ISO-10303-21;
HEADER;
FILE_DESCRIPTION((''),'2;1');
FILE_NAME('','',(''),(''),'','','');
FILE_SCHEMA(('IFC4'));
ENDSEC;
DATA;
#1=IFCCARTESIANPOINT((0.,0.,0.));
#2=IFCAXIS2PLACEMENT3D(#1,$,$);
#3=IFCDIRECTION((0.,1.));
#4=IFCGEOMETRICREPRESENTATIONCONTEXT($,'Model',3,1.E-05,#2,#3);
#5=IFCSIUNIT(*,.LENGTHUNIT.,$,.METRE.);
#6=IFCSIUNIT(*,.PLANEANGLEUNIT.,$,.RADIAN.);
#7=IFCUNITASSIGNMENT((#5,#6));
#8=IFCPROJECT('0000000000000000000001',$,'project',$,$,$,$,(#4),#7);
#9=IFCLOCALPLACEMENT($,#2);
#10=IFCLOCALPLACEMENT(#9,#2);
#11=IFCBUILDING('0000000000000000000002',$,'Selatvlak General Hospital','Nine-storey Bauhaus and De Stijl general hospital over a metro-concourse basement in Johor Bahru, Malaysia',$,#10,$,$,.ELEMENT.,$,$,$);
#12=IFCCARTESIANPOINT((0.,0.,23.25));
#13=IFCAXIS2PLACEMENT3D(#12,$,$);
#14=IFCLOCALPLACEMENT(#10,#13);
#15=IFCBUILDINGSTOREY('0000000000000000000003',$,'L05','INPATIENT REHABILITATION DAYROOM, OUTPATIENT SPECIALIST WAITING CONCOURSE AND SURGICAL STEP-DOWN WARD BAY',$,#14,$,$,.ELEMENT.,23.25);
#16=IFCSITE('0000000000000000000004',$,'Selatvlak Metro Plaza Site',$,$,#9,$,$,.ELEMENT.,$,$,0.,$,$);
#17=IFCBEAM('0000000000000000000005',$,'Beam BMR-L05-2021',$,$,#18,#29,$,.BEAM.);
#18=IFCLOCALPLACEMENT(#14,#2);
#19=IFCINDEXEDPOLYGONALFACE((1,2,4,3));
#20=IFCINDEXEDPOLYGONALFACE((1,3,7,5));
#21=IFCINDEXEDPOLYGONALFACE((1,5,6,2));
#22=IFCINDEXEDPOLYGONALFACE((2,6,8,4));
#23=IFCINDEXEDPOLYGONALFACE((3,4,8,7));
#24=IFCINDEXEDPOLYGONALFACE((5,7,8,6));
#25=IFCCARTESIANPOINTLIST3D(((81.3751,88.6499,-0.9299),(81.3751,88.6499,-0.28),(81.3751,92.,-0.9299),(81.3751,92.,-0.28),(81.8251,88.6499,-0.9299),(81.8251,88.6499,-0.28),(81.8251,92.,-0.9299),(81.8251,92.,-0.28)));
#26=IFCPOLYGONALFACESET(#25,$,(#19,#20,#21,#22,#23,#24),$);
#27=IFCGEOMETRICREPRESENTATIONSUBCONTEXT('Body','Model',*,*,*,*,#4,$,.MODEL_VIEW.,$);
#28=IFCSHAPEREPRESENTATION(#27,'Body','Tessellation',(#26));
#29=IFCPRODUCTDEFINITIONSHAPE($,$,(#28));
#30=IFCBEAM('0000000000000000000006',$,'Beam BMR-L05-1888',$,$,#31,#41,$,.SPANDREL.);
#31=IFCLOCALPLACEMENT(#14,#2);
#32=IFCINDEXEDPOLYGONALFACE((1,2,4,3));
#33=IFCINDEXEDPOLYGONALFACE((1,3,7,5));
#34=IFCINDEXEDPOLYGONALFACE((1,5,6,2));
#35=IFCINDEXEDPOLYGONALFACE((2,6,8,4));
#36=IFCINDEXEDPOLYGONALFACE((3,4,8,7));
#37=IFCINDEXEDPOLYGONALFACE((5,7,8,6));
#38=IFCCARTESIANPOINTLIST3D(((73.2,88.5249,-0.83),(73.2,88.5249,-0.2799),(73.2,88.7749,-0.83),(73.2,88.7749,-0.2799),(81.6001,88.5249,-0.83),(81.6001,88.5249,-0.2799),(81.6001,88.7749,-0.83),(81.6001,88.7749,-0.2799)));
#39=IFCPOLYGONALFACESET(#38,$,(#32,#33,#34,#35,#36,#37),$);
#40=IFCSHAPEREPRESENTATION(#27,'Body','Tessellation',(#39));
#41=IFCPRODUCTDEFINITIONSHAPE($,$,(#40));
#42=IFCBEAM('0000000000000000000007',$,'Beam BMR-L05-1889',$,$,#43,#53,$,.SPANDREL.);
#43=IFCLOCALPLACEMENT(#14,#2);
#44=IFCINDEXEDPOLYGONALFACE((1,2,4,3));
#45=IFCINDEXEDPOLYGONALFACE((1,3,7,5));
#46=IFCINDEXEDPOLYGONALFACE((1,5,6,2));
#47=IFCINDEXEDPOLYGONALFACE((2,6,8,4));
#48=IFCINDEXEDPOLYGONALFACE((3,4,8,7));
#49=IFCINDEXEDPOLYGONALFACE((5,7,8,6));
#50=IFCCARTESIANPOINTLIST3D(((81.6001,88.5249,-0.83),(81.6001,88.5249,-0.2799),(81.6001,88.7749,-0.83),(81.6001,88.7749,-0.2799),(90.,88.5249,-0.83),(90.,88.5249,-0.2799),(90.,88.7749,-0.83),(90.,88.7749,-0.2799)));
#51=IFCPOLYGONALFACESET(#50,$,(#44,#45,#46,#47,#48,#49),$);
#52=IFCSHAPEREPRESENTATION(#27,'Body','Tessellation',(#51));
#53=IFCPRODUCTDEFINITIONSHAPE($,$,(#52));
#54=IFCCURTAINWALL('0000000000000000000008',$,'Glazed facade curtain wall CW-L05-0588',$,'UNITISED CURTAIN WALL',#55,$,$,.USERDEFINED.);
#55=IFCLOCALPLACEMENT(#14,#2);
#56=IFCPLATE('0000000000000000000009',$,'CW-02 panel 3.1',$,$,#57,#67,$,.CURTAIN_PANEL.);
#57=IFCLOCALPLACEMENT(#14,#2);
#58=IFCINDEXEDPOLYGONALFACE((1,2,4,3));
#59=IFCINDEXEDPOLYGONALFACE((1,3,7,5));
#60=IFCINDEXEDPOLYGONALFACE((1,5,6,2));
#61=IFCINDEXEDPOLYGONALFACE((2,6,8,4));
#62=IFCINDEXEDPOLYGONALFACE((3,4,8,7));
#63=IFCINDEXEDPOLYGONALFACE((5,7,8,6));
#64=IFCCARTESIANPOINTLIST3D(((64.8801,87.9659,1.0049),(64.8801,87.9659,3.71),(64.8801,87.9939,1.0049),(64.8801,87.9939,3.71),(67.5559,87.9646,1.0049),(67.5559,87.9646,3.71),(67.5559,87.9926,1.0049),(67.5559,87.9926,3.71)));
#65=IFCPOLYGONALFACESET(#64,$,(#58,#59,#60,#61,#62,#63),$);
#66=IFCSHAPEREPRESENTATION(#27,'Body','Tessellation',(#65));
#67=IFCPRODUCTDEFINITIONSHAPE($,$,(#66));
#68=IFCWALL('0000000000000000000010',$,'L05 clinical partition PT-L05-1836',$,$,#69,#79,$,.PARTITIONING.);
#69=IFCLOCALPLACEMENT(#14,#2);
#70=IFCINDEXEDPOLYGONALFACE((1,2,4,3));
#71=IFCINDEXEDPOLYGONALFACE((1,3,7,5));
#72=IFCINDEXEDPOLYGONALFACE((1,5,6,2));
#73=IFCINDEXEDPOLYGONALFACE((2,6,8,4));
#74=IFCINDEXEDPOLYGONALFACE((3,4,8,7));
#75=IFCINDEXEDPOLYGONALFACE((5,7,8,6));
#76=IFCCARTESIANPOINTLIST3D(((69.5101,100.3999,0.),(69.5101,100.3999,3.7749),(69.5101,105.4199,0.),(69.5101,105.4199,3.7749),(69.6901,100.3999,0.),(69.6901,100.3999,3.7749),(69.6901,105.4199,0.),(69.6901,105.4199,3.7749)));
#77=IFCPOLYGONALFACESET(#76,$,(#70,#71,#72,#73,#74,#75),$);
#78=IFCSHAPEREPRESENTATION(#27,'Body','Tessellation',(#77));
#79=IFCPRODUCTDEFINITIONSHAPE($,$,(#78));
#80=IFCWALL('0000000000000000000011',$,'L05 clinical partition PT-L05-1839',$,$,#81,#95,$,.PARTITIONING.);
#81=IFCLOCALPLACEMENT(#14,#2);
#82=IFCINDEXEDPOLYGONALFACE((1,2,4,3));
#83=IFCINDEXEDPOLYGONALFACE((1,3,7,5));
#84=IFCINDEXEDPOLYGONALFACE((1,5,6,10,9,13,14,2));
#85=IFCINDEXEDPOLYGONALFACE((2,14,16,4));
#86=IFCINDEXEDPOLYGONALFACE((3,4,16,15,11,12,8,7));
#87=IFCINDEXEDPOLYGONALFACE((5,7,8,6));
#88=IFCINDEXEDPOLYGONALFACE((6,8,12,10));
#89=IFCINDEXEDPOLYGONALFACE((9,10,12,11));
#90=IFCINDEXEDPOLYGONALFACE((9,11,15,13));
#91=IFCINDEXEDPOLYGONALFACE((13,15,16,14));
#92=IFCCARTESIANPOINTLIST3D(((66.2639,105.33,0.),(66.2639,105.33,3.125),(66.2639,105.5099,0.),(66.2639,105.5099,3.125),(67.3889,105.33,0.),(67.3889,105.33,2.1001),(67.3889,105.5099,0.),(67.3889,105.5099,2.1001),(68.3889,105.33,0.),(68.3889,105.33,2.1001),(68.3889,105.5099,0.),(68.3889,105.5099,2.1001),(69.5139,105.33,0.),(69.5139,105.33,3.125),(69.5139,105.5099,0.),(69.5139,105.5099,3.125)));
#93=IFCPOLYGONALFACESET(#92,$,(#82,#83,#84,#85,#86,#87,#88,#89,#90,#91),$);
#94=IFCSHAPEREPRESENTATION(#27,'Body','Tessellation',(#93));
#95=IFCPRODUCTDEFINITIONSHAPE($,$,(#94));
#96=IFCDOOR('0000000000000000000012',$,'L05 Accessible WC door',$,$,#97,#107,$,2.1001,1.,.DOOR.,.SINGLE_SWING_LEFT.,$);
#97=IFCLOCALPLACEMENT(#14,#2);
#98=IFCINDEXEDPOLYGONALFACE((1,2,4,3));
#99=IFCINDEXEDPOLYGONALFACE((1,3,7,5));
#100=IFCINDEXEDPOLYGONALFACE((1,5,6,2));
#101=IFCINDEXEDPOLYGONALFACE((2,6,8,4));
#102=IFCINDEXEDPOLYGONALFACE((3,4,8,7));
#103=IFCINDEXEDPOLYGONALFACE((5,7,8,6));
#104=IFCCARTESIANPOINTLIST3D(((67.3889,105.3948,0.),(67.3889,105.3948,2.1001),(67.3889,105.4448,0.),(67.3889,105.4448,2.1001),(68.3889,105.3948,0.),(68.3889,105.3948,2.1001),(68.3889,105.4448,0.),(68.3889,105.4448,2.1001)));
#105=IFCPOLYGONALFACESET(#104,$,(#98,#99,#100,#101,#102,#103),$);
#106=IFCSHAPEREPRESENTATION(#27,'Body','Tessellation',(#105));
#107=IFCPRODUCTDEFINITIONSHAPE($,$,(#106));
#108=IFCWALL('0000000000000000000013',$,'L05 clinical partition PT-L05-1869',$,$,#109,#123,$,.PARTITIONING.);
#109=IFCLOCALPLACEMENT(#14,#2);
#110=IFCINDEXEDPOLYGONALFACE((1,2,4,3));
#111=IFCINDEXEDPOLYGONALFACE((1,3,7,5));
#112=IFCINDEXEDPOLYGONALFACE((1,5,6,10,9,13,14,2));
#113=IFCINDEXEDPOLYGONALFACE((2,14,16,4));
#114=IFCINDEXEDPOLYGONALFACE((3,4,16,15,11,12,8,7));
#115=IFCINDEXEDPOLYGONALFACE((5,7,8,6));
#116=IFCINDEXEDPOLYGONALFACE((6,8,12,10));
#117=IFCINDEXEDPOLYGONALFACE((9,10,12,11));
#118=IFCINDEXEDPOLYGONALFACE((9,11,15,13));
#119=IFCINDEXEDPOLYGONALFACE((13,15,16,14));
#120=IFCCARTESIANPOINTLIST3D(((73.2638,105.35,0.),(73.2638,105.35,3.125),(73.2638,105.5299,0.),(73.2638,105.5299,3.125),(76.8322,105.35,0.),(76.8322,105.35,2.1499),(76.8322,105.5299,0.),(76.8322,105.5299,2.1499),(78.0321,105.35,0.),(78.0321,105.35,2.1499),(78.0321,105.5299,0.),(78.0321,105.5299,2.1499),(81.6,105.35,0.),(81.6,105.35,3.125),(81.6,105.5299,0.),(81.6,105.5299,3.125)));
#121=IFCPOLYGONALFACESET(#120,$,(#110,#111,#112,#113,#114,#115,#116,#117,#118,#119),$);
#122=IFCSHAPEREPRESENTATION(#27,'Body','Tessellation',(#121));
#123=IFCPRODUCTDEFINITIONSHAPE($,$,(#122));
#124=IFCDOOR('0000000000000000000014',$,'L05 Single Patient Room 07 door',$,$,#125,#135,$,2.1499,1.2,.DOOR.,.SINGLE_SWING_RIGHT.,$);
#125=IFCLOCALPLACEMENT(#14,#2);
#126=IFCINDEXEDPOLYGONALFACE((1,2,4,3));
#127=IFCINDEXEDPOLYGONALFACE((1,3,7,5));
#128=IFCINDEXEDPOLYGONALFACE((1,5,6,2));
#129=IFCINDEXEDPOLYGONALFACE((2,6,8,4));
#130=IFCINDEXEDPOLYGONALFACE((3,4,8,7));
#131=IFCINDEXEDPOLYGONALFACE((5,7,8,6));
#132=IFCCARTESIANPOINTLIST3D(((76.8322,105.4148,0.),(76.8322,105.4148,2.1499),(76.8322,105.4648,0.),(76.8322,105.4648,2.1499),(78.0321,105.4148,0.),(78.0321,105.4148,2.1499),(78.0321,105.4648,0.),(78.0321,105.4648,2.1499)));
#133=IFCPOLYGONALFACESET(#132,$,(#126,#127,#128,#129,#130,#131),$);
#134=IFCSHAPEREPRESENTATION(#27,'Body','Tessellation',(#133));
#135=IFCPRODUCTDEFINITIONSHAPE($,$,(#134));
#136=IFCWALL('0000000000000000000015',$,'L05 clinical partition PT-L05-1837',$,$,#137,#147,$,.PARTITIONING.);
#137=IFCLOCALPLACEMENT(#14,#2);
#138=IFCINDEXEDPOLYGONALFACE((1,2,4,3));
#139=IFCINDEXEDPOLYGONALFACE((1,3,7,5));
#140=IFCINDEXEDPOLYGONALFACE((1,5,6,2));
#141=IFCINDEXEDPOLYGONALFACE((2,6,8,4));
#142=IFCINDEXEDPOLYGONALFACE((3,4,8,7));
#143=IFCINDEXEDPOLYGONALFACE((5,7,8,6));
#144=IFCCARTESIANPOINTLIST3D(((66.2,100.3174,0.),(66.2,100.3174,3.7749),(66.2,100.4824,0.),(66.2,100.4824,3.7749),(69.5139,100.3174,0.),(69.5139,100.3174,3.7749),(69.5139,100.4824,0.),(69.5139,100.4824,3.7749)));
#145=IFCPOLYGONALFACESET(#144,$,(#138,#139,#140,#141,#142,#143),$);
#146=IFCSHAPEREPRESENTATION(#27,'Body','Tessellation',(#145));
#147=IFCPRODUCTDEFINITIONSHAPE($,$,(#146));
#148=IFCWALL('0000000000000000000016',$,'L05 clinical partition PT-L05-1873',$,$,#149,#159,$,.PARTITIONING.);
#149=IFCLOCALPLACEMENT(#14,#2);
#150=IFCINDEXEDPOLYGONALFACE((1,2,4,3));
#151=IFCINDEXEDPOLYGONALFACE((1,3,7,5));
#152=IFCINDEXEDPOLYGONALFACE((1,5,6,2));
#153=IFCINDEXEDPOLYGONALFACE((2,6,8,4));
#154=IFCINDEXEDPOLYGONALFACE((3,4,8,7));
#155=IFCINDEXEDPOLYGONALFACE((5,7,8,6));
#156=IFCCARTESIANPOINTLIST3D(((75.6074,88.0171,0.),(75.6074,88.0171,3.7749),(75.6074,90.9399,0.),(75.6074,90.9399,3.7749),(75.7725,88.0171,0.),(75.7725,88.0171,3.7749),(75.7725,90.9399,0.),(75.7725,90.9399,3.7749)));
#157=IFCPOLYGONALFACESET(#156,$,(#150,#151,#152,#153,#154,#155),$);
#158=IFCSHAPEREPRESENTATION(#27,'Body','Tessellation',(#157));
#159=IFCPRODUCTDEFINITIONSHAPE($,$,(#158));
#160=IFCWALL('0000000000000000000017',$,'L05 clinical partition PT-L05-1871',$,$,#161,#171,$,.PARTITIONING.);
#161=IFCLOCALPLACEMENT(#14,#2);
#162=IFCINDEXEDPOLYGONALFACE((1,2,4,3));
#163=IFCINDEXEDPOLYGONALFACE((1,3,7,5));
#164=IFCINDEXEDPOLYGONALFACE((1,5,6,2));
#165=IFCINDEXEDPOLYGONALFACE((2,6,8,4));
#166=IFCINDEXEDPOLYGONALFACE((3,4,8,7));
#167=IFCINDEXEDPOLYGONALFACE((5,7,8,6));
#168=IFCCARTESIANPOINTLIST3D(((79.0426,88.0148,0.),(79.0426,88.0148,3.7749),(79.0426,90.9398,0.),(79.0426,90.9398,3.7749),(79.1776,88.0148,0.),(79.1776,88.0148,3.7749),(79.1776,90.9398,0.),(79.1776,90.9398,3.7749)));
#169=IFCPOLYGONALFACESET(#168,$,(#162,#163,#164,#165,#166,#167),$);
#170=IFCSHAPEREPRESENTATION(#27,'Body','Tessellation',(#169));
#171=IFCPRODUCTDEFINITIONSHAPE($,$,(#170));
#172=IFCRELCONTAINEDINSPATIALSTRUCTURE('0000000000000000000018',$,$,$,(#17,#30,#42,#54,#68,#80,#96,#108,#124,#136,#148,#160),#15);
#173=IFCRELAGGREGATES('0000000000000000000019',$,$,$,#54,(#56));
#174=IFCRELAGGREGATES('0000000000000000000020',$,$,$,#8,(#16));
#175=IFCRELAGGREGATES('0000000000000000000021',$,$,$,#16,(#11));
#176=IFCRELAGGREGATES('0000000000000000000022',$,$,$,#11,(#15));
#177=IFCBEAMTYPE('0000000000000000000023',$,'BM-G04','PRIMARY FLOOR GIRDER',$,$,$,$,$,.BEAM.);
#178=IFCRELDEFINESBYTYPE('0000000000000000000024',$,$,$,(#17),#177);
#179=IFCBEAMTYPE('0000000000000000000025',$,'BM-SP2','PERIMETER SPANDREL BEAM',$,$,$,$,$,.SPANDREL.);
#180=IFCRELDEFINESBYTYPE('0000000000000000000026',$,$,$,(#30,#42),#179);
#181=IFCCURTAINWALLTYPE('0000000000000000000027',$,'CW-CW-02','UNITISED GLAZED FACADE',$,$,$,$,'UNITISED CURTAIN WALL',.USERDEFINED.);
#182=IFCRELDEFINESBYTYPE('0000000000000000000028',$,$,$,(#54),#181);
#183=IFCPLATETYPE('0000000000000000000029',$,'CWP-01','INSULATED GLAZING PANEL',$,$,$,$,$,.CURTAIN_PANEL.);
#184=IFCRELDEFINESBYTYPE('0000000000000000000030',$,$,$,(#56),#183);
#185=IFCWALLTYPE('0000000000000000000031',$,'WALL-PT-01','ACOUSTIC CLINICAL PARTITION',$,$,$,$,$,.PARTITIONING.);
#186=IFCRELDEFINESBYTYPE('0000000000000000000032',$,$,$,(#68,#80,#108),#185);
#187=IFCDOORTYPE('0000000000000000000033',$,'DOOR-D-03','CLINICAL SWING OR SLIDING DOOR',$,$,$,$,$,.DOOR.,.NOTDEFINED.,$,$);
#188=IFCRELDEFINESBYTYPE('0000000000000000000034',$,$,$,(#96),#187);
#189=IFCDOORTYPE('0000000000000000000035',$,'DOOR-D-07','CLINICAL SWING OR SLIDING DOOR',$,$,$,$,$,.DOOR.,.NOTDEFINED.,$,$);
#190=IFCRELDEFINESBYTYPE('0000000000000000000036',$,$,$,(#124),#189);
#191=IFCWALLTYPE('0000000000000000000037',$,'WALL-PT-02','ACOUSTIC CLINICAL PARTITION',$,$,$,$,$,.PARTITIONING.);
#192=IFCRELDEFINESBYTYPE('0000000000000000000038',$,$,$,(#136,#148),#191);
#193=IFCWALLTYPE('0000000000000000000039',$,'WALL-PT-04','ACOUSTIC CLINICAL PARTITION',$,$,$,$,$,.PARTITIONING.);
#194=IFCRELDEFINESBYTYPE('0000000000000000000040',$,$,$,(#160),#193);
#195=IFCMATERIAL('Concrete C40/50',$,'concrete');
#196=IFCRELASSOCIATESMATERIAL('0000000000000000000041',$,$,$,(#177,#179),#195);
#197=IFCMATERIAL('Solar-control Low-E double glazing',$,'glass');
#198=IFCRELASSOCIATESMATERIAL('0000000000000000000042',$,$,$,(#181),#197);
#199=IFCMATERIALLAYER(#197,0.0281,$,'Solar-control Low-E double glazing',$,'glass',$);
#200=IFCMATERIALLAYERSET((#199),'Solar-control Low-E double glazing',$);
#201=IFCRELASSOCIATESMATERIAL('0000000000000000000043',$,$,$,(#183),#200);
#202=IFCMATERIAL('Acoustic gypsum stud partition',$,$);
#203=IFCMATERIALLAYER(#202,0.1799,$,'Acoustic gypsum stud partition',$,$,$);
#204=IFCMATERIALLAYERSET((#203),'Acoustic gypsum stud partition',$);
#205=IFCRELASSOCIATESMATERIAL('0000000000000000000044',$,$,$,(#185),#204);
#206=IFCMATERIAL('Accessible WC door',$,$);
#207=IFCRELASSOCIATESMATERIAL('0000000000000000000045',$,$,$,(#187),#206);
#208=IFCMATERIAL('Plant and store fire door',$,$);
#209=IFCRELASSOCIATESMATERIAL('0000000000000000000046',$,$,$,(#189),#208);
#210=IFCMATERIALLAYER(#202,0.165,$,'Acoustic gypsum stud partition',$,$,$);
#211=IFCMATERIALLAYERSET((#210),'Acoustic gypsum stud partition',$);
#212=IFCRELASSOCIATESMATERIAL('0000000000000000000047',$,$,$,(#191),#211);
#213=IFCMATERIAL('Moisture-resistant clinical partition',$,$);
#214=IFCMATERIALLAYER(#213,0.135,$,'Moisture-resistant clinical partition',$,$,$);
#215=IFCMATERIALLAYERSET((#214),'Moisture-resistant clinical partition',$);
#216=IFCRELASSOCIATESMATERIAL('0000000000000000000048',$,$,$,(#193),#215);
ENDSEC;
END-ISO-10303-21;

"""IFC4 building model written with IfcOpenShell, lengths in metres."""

from ifc_helpers import new_model, si_unit, direction, frame, frame_2d, origin, origin_2d, place, context, subcontext, project, spatial, rectangle, extrude, material, layer, layer_set, material_profile, profile_set, type_object, element, fill, aggregate, save


model = new_model("IFC4")

# Units and contexts
model_context = context("Model", 3, precision=1e-05, world=origin(), true_north=direction((0.0, 1.0)))
body_context = subcontext(model_context, "Body", "Model", "MODEL_VIEW")
ifc_project = project(units=[si_unit("LENGTHUNIT", "METRE"), si_unit("PLANEANGLEUNIT", "RADIAN")], contexts=[model_context])

# Site, building, storey
site_placement = place(None, origin())
site = spatial("IfcSite", under=ifc_project, at=site_placement, Name="Selatvlak Metro Plaza Site", CompositionType="ELEMENT", RefElevation=0.0)
building_placement = place(site_placement, origin())
building = spatial("IfcBuilding", under=site, at=building_placement, Name="Selatvlak General Hospital", Description="Nine-storey Bauhaus and De Stijl general hospital over a metro-concourse basement in Johor Bahru, Malaysia", CompositionType="ELEMENT")
storey_placement = place(building_placement, frame((0.0, 0.0, 23.25)))
storey = spatial("IfcBuildingStorey", under=building, at=storey_placement, Name="L05", Description="INPATIENT REHABILITATION DAYROOM, OUTPATIENT SPECIALIST WAITING CONCOURSE AND SURGICAL STEP-DOWN WARD BAY", CompositionType="ELEMENT", Elevation=23.25)

# Shared definitions
ifc_material_1 = material(Name="Concrete C40/50", Category="concrete")

# Beams
ifc_material_profile_1 = material_profile(ifc_material_1, rectangle(XDim=0.45, YDim=0.6499, at=origin_2d()), Name="RC-BM 450x650")
ifc_profile_set_1 = profile_set([ifc_material_profile_1], Name="Concrete C40/50")
beam_type_1 = type_object("IfcBeamType", Name="BM-G04", Description="PRIMARY FLOOR GIRDER", PredefinedType="BEAM", material=ifc_profile_set_1)
beam_1_placement = place(storey_placement, frame((81.6001, 88.6499, -0.605), z_axis=(0.0, 1.0, 0.0), x_axis=(-1.0, 0.0, 0.0)))
element("IfcBeam", 1, at=beam_1_placement, inside=storey, type_object=beam_type_1, Name="Beam BMR-L05-2021", PredefinedType="BEAM", context=body_context, shape_type="SweptSolid", body=[
    extrude(rectangle(XDim=0.45, YDim=0.6499, at=origin_2d()), origin(), (0.0, 0.0, 1.0), 3.3501),
])
ifc_material_profile_2 = material_profile(ifc_material_1, rectangle(XDim=0.25, YDim=0.55, at=origin_2d()), Name="RC-SP 250x550")
ifc_profile_set_2 = profile_set([ifc_material_profile_2], Name="Concrete C40/50")
beam_type_2 = type_object("IfcBeamType", Name="BM-SP2", Description="PERIMETER SPANDREL BEAM", PredefinedType="SPANDREL", material=ifc_profile_set_2)
beam_2_placement = place(storey_placement, frame((73.2, 88.6499, -0.5549), z_axis=(1.0, 0.0, 0.0), x_axis=(0.0, 1.0, 0.0)))
element("IfcBeam", 2, at=beam_2_placement, inside=storey, type_object=beam_type_2, Name="Beam BMR-L05-1888", PredefinedType="SPANDREL", context=body_context, shape_type="SweptSolid", body=[
    extrude(rectangle(XDim=0.25, YDim=0.55, at=origin_2d()), origin(), (0.0, 0.0, 1.0), 8.4001),
])
beam_3_placement = place(storey_placement, frame((81.6001, 88.6499, -0.5549), z_axis=(1.0, 0.0, 0.0), x_axis=(0.0, 1.0, 0.0)))
element("IfcBeam", 3, at=beam_3_placement, inside=storey, type_object=beam_type_2, Name="Beam BMR-L05-1889", PredefinedType="SPANDREL", context=body_context, shape_type="SweptSolid", body=[
    extrude(rectangle(XDim=0.25, YDim=0.55, at=origin_2d()), origin(), (0.0, 0.0, 1.0), 8.3999),
])

# Curtain wall, plate
ifc_material_2 = material(Name="Solar-control Low-E double glazing", Category="glass")
curtain_wall_type = type_object("IfcCurtainWallType", Name="CW-CW-02", Description="UNITISED GLAZED FACADE", ElementType="UNITISED CURTAIN WALL", PredefinedType="USERDEFINED", material=ifc_material_2)
curtain_wall_placement = place(storey_placement, origin())
curtain_wall = element("IfcCurtainWall", 4, at=curtain_wall_placement, inside=storey, type_object=curtain_wall_type, Name="Glazed facade curtain wall CW-L05-0588", ObjectType="UNITISED CURTAIN WALL", PredefinedType="USERDEFINED")
ifc_layer_1 = layer(ifc_material_2, 0.0281, Name="Solar-control Low-E double glazing", Category="glass")
ifc_layer_set_1 = layer_set([ifc_layer_1], Name="Solar-control Low-E double glazing")
plate_type = type_object("IfcPlateType", Name="CWP-01", Description="INSULATED GLAZING PANEL", PredefinedType="CURTAIN_PANEL", material=ifc_layer_set_1)
plate_placement = place(storey_placement, frame((66.218, 87.9792, 1.0049), z_axis=(0.0, 0.0, 1.0), x_axis=(-1.0, 0.000481, 0.0)))
plate = element("IfcPlate", 5, at=plate_placement, type_object=plate_type, Name="CW-02 panel 3.1", PredefinedType="CURTAIN_PANEL", context=body_context, shape_type="SweptSolid", body=[
    extrude(rectangle(XDim=2.6758, YDim=0.0281, at=origin_2d()), origin(), (0.0, 0.0, 1.0), 2.7051),
])
aggregate(curtain_wall, [plate])

# Wall
ifc_material_3 = material(Name="Acoustic gypsum stud partition")
ifc_layer_2 = layer(ifc_material_3, 0.1799, Name="Acoustic gypsum stud partition")
ifc_layer_set_2 = layer_set([ifc_layer_2], Name="Acoustic gypsum stud partition")
wall_type_1 = type_object("IfcWallType", Name="WALL-PT-01", Description="ACOUSTIC CLINICAL PARTITION", PredefinedType="PARTITIONING", material=ifc_layer_set_2)
wall_1_placement = place(storey_placement, frame((69.6001, 105.4199, 0.0), z_axis=(0.0, 0.0, 1.0), x_axis=(0.0, -1.0, 0.0)))
element("IfcWall", 6, at=wall_1_placement, inside=storey, type_object=wall_type_1, Name="L05 clinical partition PT-L05-1836", PredefinedType="PARTITIONING", context=body_context, shape_type="SweptSolid", body=[
    extrude(rectangle(XDim=5.02, YDim=0.1799, at=frame_2d((2.51, 0.0))), origin(), (0.0, 0.0, 1.0), 3.7749),
])

# Walls, openings, doors
wall_2_placement = place(storey_placement, frame((66.2639, 105.4199, 0.0), z_axis=(0.0, 0.0, 1.0), x_axis=(1.0, 0.0, 0.0)))
wall_2 = element("IfcWall", 7, at=wall_2_placement, inside=storey, type_object=wall_type_1, Name="L05 clinical partition PT-L05-1839", PredefinedType="PARTITIONING", context=body_context, shape_type="SweptSolid", body=[
    extrude(rectangle(XDim=3.25, YDim=0.1799, at=frame_2d((1.625, 0.0))), origin(), (0.0, 0.0, 1.0), 3.125),
])
opening_1_placement = place(wall_2_placement, frame((1.125, 0.0, 0.0)))
opening_1 = element("IfcOpeningElement", 8, at=opening_1_placement, cuts=wall_2, PredefinedType="OPENING", context=body_context, shape_type="SweptSolid", body=[
    extrude(rectangle(XDim=1.0, YDim=2.1001, at=frame_2d((0.5, 1.05))), frame((0.0, 0.0999, 0.0), z_axis=(0.0, -1.0, 0.0), x_axis=(1.0, 0.0, 0.0)), (0.0, 0.0, 1.0), 0.2),
])
ifc_material_4 = material(Name="Accessible WC door")
door_type_1 = type_object("IfcDoorType", Name="DOOR-D-03", Description="CLINICAL SWING OR SLIDING DOOR", OperationType="NOTDEFINED", PredefinedType="DOOR", material=ifc_material_4)
door_1_placement = place(opening_1_placement, origin())
door_1 = element("IfcDoor", 9, at=door_1_placement, inside=storey, type_object=door_type_1, Name="L05 Accessible WC door", OperationType="SINGLE_SWING_LEFT", OverallHeight=2.1001, OverallWidth=1.0, PredefinedType="DOOR", context=body_context, shape_type="SweptSolid", body=[
    extrude(rectangle(XDim=1.0, YDim=2.1001, at=frame_2d((0.5, 1.05))), frame((0.0, 0.0249, 0.0), z_axis=(0.0, -1.0, 0.0), x_axis=(1.0, 0.0, 0.0)), (0.0, 0.0, 1.0), 0.05),
])
fill(opening_1, door_1)
wall_3_placement = place(storey_placement, frame((73.2639, 105.4399, 0.0), z_axis=(0.0, 0.0, 1.0), x_axis=(1.0, 0.0, 0.0)))
wall_3 = element("IfcWall", 10, at=wall_3_placement, inside=storey, type_object=wall_type_1, Name="L05 clinical partition PT-L05-1869", PredefinedType="PARTITIONING", context=body_context, shape_type="SweptSolid", body=[
    extrude(rectangle(XDim=8.3362, YDim=0.1799, at=frame_2d((4.168, 0.0))), origin(), (0.0, 0.0, 1.0), 3.125),
])
opening_2_placement = place(wall_3_placement, frame((3.5681, 0.0, 0.0)))
opening_2 = element("IfcOpeningElement", 11, at=opening_2_placement, cuts=wall_3, PredefinedType="OPENING", context=body_context, shape_type="SweptSolid", body=[
    extrude(rectangle(XDim=1.2, YDim=2.1499, at=frame_2d((0.6001, 1.075))), frame((0.0, 0.0999, 0.0), z_axis=(0.0, -1.0, 0.0), x_axis=(1.0, 0.0, 0.0)), (0.0, 0.0, 1.0), 0.2),
])
ifc_material_5 = material(Name="Plant and store fire door")
door_type_2 = type_object("IfcDoorType", Name="DOOR-D-07", Description="CLINICAL SWING OR SLIDING DOOR", OperationType="NOTDEFINED", PredefinedType="DOOR", material=ifc_material_5)
door_2_placement = place(opening_2_placement, origin())
door_2 = element("IfcDoor", 12, at=door_2_placement, inside=storey, type_object=door_type_2, Name="L05 Single Patient Room 07 door", OperationType="SINGLE_SWING_RIGHT", OverallHeight=2.1499, OverallWidth=1.2, PredefinedType="DOOR", context=body_context, shape_type="SweptSolid", body=[
    extrude(rectangle(XDim=1.2, YDim=2.1499, at=frame_2d((0.6001, 1.075))), frame((0.0, 0.0249, 0.0), z_axis=(0.0, -1.0, 0.0), x_axis=(1.0, 0.0, 0.0)), (0.0, 0.0, 1.0), 0.05),
])
fill(opening_2, door_2)

# Walls
ifc_layer_3 = layer(ifc_material_3, 0.165, Name="Acoustic gypsum stud partition")
ifc_layer_set_3 = layer_set([ifc_layer_3], Name="Acoustic gypsum stud partition")
wall_type_2 = type_object("IfcWallType", Name="WALL-PT-02", Description="ACOUSTIC CLINICAL PARTITION", PredefinedType="PARTITIONING", material=ifc_layer_set_3)
wall_4_placement = place(storey_placement, frame((69.5139, 100.3999, 0.0), z_axis=(0.0, 0.0, 1.0), x_axis=(-1.0, 0.0, 0.0)))
element("IfcWall", 13, at=wall_4_placement, inside=storey, type_object=wall_type_2, Name="L05 clinical partition PT-L05-1837", PredefinedType="PARTITIONING", context=body_context, shape_type="SweptSolid", body=[
    extrude(rectangle(XDim=3.314, YDim=0.165, at=frame_2d((1.657, 0.0))), origin(), (0.0, 0.0, 1.0), 3.7749),
])
wall_5_placement = place(storey_placement, frame((75.6899, 90.9399, 0.0), z_axis=(0.0, 0.0, 1.0), x_axis=(0.0, -1.0, 0.0)))
element("IfcWall", 14, at=wall_5_placement, inside=storey, type_object=wall_type_2, Name="L05 clinical partition PT-L05-1873", PredefinedType="PARTITIONING", context=body_context, shape_type="SweptSolid", body=[
    extrude(rectangle(XDim=2.9229, YDim=0.165, at=frame_2d((1.4614, 0.0))), origin(), (0.0, 0.0, 1.0), 3.7749),
])
ifc_material_6 = material(Name="Moisture-resistant clinical partition")
ifc_layer_4 = layer(ifc_material_6, 0.135, Name="Moisture-resistant clinical partition")
ifc_layer_set_4 = layer_set([ifc_layer_4], Name="Moisture-resistant clinical partition")
wall_type_3 = type_object("IfcWallType", Name="WALL-PT-04", Description="ACOUSTIC CLINICAL PARTITION", PredefinedType="PARTITIONING", material=ifc_layer_set_4)
wall_6_placement = place(storey_placement, frame((79.1101, 88.0149, 0.0), z_axis=(0.0, 0.0, 1.0), x_axis=(0.0, 1.0, 0.0)))
element("IfcWall", 15, at=wall_6_placement, inside=storey, type_object=wall_type_3, Name="L05 clinical partition PT-L05-1871", PredefinedType="PARTITIONING", context=body_context, shape_type="SweptSolid", body=[
    extrude(rectangle(XDim=2.925, YDim=0.135, at=frame_2d((1.4624, 0.0))), origin(), (0.0, 0.0, 1.0), 3.7749),
])

save(model, "model.ifc")
